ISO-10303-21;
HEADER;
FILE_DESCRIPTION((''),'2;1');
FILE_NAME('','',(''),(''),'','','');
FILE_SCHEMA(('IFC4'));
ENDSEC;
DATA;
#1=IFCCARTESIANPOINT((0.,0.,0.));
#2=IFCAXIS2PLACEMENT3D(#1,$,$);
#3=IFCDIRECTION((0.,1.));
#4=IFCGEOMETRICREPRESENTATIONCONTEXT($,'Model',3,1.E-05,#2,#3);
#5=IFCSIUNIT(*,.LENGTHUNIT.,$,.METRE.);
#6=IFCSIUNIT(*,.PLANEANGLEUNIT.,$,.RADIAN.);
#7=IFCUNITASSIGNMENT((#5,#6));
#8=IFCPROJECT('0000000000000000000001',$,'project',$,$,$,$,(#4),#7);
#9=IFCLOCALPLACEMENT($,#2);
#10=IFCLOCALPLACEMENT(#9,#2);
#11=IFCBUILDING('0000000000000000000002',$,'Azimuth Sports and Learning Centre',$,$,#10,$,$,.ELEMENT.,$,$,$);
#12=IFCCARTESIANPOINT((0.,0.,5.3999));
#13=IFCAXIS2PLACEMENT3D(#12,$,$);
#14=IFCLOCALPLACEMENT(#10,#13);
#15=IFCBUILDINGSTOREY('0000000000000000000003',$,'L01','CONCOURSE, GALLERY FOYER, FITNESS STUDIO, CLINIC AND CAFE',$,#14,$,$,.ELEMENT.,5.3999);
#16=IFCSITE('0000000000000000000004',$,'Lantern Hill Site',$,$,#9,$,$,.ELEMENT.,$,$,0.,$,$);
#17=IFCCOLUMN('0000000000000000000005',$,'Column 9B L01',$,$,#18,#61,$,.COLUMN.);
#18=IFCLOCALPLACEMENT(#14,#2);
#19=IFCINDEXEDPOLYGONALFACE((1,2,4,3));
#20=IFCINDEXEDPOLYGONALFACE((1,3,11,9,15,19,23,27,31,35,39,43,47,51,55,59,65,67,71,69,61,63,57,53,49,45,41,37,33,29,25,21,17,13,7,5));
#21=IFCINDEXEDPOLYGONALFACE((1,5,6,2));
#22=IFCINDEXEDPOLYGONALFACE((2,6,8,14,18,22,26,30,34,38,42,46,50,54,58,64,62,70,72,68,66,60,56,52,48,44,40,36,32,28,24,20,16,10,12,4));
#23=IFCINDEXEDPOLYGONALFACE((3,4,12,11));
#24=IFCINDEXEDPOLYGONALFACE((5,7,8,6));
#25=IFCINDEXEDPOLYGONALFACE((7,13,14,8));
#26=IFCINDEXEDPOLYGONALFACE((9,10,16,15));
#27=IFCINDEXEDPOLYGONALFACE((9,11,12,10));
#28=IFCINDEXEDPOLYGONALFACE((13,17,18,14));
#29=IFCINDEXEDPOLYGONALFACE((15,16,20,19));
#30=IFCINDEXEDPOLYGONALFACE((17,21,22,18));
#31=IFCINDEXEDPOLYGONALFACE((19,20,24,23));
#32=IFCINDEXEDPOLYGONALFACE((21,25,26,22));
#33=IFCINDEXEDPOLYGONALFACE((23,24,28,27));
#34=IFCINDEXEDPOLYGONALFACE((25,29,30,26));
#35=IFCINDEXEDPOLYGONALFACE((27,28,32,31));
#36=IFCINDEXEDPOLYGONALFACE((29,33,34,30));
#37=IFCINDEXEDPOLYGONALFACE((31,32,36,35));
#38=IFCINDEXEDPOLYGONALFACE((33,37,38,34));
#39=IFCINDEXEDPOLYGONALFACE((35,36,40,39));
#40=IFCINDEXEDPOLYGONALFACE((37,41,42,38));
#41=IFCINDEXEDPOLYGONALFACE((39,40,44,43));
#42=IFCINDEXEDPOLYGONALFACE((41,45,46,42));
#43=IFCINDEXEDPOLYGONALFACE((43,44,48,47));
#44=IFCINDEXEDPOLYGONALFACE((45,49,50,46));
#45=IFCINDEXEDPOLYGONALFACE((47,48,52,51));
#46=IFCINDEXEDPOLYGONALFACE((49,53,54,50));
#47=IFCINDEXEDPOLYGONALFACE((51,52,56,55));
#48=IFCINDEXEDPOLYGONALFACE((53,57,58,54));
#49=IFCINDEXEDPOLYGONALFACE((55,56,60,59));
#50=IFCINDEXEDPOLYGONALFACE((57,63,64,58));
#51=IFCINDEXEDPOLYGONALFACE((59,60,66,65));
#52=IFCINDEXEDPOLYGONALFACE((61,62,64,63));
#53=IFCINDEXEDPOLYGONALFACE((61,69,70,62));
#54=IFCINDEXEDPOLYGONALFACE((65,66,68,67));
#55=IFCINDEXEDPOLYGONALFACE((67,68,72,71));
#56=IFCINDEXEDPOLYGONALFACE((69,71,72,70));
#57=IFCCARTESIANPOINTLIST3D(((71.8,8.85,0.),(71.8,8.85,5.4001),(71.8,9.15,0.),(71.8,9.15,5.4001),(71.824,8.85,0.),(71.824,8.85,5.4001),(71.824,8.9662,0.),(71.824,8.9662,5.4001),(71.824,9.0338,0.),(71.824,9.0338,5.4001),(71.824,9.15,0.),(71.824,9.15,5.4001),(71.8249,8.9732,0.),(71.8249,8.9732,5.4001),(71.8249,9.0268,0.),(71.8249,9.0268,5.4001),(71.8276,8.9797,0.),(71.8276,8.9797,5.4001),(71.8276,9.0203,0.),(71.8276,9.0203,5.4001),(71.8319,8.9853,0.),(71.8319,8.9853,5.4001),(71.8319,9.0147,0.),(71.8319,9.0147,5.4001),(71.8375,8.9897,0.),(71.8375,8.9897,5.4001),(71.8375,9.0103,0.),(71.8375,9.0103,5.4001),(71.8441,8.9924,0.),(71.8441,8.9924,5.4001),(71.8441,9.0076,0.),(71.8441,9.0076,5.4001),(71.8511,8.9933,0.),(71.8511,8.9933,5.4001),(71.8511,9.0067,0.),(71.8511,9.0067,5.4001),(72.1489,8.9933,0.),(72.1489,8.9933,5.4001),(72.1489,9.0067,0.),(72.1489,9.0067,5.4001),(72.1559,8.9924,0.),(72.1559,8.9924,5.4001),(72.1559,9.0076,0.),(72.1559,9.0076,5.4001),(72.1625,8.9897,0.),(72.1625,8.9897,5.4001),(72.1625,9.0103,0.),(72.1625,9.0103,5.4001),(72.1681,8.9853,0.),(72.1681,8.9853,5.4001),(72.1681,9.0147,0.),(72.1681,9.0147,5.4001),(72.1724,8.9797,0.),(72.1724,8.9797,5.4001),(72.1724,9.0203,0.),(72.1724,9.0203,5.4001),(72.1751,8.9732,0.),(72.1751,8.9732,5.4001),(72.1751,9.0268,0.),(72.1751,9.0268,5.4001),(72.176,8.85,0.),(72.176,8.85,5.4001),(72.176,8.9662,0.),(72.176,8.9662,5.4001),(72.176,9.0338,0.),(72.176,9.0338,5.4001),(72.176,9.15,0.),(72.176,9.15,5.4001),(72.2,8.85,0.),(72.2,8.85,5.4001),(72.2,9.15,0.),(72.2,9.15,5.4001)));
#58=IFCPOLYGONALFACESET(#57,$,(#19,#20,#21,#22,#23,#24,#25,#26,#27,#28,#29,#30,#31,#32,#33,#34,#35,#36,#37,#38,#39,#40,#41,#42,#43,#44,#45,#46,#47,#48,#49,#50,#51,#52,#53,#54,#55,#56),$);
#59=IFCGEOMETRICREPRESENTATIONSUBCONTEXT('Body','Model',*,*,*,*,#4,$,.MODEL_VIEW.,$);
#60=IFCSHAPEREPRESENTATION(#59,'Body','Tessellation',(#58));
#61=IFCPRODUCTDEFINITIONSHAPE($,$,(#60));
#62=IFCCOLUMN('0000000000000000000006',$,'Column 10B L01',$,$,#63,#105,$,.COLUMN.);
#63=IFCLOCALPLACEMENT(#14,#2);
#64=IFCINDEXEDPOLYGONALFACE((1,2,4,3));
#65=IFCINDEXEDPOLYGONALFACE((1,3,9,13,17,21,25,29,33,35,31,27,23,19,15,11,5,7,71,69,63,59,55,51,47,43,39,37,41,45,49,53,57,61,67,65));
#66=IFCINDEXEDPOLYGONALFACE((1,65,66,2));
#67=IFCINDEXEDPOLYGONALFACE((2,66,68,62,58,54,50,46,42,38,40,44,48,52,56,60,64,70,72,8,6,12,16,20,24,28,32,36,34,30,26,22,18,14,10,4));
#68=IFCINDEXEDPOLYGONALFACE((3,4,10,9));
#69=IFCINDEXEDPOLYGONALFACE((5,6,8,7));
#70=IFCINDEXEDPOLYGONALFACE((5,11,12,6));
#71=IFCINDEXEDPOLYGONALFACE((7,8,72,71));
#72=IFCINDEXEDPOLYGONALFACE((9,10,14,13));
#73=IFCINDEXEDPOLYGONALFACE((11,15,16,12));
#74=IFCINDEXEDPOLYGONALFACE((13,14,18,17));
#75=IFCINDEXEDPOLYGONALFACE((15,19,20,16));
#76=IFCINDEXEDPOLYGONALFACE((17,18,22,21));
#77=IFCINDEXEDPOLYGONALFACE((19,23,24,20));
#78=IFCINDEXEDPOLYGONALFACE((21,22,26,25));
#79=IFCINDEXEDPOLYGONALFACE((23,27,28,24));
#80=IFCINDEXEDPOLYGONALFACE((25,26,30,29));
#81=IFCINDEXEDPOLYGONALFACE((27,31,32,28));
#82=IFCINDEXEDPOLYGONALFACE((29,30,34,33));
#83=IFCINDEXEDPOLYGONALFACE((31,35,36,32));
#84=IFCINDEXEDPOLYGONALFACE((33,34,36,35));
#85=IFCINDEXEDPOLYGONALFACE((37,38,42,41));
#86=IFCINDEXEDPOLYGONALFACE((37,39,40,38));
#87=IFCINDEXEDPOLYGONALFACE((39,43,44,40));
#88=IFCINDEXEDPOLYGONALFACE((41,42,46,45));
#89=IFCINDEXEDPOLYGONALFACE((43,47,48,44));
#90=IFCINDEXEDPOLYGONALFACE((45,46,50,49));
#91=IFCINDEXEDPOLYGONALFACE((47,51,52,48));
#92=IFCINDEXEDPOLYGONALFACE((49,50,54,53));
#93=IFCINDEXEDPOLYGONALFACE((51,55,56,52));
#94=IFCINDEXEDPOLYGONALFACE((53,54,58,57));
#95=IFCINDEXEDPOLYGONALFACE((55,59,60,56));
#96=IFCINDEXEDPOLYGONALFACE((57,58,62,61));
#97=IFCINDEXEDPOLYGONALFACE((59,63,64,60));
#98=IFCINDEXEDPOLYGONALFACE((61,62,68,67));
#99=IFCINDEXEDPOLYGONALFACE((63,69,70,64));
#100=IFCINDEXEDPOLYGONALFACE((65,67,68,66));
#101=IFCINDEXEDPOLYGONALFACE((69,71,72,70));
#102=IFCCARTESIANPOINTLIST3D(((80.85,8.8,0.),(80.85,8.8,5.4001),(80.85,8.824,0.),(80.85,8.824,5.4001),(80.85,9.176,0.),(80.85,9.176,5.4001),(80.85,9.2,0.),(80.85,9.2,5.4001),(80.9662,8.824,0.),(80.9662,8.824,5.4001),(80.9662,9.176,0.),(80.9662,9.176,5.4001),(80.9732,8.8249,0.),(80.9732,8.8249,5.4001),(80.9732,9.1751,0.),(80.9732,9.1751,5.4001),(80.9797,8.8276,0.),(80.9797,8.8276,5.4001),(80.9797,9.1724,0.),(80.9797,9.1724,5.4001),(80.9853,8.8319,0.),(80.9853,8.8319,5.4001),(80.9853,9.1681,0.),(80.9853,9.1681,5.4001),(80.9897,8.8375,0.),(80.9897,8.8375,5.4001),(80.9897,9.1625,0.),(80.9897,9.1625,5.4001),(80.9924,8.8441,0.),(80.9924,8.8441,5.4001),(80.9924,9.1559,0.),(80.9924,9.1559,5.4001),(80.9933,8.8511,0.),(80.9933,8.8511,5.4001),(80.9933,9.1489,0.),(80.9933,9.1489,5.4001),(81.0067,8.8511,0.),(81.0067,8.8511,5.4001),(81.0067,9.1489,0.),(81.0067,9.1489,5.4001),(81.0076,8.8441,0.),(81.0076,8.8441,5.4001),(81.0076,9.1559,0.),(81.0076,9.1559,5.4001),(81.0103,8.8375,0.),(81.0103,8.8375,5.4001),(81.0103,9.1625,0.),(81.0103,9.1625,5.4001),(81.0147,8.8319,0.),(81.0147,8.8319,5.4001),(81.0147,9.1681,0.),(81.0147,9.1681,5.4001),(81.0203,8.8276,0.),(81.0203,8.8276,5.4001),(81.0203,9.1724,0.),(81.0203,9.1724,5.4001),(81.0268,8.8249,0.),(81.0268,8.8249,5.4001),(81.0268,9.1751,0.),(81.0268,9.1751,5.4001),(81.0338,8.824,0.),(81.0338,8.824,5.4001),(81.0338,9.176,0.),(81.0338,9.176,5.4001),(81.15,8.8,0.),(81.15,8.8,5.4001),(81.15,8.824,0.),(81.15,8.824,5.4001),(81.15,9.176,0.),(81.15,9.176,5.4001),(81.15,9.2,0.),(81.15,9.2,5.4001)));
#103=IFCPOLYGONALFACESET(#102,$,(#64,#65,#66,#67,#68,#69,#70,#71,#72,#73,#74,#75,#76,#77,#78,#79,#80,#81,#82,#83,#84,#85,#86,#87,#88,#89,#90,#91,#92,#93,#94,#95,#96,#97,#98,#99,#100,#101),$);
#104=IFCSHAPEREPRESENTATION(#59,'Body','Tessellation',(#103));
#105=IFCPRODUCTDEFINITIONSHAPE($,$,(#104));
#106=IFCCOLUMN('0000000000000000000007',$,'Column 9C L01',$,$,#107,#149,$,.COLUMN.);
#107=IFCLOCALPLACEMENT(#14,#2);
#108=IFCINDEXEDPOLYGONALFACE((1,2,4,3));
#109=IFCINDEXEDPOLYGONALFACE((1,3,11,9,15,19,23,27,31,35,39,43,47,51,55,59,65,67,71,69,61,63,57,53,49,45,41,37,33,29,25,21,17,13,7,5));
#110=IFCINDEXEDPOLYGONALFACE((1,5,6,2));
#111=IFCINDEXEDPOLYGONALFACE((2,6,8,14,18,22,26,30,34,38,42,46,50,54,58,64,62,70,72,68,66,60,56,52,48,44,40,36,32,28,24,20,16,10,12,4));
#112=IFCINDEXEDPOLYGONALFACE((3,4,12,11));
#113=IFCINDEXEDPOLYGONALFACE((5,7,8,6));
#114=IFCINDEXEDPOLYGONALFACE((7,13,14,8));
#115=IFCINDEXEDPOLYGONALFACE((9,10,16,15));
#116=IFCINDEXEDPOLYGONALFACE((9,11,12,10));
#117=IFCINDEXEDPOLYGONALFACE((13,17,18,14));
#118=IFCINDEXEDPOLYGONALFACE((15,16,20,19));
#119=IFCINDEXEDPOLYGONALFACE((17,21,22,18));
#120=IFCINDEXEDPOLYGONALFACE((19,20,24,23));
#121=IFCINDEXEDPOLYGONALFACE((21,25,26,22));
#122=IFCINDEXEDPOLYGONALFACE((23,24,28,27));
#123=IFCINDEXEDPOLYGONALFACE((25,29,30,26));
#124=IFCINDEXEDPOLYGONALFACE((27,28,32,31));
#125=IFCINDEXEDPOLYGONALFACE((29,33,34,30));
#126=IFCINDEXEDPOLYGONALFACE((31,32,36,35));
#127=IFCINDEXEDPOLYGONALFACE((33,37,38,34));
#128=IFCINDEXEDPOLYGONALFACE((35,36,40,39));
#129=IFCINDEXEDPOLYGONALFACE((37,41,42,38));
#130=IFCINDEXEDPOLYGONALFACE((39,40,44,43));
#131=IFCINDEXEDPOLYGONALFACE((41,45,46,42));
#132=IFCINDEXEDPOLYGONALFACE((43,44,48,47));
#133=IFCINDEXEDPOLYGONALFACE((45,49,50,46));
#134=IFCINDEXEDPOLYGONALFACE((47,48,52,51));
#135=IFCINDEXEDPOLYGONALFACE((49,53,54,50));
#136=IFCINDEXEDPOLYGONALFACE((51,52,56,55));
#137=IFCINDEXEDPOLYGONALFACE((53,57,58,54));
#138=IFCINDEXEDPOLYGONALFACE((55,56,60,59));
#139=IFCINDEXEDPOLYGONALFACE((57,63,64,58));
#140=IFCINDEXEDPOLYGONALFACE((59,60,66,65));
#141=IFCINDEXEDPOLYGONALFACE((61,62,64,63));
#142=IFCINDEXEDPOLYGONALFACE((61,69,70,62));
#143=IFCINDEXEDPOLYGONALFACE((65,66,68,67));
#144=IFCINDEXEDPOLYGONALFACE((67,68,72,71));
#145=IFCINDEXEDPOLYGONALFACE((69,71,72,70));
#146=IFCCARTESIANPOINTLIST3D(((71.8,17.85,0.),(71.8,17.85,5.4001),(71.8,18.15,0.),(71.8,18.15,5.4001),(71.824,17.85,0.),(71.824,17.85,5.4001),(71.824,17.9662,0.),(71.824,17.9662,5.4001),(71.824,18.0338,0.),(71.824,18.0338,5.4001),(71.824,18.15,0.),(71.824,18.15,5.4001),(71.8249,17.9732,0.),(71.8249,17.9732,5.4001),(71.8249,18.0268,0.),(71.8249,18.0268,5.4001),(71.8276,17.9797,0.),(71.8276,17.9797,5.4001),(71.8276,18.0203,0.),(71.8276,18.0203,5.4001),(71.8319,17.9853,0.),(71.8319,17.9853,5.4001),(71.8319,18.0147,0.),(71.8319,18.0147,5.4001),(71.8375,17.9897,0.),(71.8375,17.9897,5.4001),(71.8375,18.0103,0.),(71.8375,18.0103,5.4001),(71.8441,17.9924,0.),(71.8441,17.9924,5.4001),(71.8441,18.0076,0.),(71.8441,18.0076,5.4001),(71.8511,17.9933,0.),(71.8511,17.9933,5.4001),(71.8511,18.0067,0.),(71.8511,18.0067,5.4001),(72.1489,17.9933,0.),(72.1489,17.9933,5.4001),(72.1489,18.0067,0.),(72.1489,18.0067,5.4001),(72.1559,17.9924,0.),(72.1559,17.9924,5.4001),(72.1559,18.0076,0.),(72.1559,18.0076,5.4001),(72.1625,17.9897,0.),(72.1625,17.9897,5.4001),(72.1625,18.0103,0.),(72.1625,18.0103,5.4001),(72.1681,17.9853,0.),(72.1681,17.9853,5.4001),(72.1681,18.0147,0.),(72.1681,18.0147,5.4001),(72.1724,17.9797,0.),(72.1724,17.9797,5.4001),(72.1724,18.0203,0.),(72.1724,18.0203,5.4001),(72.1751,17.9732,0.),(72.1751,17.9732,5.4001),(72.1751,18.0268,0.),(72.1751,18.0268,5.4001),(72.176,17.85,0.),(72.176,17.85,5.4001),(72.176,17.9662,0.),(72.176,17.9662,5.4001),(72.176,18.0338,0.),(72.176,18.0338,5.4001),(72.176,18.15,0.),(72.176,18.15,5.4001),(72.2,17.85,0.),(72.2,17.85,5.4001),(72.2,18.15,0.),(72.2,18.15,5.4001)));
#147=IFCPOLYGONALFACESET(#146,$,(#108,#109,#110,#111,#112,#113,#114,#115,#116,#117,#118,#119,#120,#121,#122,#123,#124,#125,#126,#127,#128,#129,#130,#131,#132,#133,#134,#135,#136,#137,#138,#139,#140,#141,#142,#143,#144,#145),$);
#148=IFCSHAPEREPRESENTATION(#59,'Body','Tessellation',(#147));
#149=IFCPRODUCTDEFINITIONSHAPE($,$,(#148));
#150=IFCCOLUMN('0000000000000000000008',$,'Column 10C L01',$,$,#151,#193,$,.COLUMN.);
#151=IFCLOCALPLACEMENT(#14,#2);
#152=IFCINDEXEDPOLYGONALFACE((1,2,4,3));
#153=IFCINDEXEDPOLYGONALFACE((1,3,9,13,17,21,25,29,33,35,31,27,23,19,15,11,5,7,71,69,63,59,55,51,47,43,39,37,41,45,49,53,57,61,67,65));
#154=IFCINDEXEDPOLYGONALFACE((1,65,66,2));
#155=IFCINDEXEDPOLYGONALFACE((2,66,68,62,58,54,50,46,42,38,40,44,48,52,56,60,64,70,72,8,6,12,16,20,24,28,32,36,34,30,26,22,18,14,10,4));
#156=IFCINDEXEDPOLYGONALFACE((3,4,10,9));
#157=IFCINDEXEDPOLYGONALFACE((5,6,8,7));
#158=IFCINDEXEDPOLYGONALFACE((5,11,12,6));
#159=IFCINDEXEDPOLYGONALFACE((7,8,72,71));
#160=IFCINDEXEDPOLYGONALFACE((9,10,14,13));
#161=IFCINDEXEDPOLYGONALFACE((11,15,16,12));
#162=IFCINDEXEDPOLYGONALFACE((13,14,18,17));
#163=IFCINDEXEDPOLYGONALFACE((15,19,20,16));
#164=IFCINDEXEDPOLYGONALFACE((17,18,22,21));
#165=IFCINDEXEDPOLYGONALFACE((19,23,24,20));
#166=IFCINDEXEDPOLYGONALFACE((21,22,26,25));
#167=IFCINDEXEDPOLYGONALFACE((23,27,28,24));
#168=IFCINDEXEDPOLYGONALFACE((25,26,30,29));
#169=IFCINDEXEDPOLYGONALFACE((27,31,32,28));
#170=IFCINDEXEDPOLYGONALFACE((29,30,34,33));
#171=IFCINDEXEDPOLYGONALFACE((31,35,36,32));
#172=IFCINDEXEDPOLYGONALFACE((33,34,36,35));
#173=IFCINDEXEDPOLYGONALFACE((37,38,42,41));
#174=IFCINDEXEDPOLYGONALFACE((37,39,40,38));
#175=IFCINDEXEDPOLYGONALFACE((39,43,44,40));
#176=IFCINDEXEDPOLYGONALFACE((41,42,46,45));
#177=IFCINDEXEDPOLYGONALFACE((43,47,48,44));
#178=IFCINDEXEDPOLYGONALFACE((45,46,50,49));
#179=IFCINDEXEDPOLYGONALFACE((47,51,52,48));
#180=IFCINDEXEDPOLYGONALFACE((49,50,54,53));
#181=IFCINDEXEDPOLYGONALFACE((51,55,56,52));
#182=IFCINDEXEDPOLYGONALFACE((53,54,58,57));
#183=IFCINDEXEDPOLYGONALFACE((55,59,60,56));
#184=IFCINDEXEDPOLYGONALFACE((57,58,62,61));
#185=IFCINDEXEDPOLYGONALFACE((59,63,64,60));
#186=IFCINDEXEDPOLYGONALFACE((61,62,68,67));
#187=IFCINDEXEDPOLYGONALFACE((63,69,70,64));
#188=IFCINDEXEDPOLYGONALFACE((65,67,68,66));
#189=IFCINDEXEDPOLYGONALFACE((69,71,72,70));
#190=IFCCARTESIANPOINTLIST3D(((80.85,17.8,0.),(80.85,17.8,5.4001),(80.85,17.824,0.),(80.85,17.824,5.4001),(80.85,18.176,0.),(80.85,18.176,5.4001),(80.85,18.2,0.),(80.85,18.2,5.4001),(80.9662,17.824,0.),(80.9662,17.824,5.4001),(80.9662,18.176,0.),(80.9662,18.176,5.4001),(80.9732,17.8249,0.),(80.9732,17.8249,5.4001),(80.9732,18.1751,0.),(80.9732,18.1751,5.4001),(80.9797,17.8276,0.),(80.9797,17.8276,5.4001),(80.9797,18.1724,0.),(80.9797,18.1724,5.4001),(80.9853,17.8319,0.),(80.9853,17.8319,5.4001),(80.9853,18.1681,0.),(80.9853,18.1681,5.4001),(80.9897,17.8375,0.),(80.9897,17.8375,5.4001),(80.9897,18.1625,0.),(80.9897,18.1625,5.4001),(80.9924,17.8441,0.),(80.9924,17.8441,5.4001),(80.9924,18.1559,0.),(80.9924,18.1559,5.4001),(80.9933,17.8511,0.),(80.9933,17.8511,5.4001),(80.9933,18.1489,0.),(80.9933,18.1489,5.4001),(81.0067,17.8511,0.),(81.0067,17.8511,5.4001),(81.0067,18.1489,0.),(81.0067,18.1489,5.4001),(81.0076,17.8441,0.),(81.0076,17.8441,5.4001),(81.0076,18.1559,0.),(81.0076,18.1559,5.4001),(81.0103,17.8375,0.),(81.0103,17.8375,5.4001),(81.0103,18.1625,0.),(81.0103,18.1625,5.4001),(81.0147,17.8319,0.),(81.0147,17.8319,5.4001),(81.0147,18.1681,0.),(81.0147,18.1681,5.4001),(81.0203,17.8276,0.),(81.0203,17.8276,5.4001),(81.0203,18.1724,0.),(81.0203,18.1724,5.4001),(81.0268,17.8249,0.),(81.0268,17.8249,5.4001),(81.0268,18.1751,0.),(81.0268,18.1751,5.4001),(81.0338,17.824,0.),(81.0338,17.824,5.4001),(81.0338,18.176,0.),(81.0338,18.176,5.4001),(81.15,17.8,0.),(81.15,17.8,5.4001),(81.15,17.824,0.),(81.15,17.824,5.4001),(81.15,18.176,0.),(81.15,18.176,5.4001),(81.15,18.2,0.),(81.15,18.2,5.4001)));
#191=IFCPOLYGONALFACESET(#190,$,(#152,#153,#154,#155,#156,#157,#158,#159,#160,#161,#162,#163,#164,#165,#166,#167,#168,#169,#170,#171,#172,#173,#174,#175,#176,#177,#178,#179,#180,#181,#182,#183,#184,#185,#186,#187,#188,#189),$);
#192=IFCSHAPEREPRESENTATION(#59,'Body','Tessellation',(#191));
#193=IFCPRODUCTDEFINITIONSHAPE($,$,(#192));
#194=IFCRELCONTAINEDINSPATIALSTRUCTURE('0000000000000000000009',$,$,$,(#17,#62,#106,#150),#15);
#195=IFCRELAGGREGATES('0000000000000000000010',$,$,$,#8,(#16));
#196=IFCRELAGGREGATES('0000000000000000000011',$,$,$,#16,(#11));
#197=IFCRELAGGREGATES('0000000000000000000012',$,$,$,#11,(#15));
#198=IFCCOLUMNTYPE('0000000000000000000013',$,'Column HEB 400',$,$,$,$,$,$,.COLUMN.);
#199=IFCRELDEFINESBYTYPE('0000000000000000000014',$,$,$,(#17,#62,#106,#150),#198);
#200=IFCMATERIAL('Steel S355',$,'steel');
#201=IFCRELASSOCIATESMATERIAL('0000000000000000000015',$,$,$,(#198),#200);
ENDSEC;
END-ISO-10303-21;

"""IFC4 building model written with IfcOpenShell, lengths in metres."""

from ifc_helpers import new_model, si_unit, direction, frame, origin, origin_2d, place, context, subcontext, project, spatial, i_section, extrude, material, material_profile, profile_set, type_object, element, save


model = new_model("IFC4")

# Units and contexts
model_context = context("Model", 3, precision=1e-05, world=origin(), true_north=direction((0.0, 1.0)))
body_context = subcontext(model_context, "Body", "Model", "MODEL_VIEW")
ifc_project = project(units=[si_unit("LENGTHUNIT", "METRE"), si_unit("PLANEANGLEUNIT", "RADIAN")], contexts=[model_context])

# Site, building, storey
site_placement = place(None, origin())
site = spatial("IfcSite", under=ifc_project, at=site_placement, Name="Lantern Hill Site", CompositionType="ELEMENT", RefElevation=0.0)
building_placement = place(site_placement, origin())
building = spatial("IfcBuilding", under=site, at=building_placement, Name="Azimuth Sports and Learning Centre", CompositionType="ELEMENT")
storey_placement = place(building_placement, frame((0.0, 0.0, 5.3999)))
storey = spatial("IfcBuildingStorey", under=building, at=storey_placement, Name="L01", Description="CONCOURSE, GALLERY FOYER, FITNESS STUDIO, CLINIC AND CAFE", CompositionType="ELEMENT", Elevation=5.3999)

# Columns
ifc_material_1 = material(Name="Steel S355", Category="steel")
ifc_material_profile_1 = material_profile(ifc_material_1, i_section(OverallWidth=0.3, OverallDepth=0.3999, WebThickness=0.0134, FlangeThickness=0.0239, FilletRadius=0.0271, at=origin_2d()), Name="HEB 400")
ifc_profile_set_1 = profile_set([ifc_material_profile_1], Name="Steel S355")
column_type = type_object("IfcColumnType", Name="Column HEB 400", PredefinedType="COLUMN", material=ifc_profile_set_1)
for number, where, z_axis, x_axis, name in (
    (1, (72.0, 9.0, 0.0), (0.0, 0.0, 1.0), (0.0, 1.0, 0.0), "Column 9B L01"),
    (2, (81.0, 9.0, 0.0), (0.0, 0.0, 1.0), (1.0, 0.0, 0.0), "Column 10B L01"),
    (3, (72.0, 18.0, 0.0), (0.0, 0.0, 1.0), (0.0, 1.0, 0.0), "Column 9C L01"),
    (4, (81.0, 18.0, 0.0), (0.0, 0.0, 1.0), (1.0, 0.0, 0.0), "Column 10C L01"),
):
    element("IfcColumn", number, at=place(storey_placement, frame(where, z_axis=z_axis, x_axis=x_axis)), inside=storey, type_object=column_type, Name=name, PredefinedType="COLUMN", context=body_context, shape_type="SweptSolid", body=[
        extrude(i_section(OverallWidth=0.3, OverallDepth=0.3999, WebThickness=0.0134, FlangeThickness=0.0239, FilletRadius=0.0271, at=origin_2d()), origin(), (0.0, 0.0, 1.0), 5.4001),
    ])

save(model, "model.ifc")
